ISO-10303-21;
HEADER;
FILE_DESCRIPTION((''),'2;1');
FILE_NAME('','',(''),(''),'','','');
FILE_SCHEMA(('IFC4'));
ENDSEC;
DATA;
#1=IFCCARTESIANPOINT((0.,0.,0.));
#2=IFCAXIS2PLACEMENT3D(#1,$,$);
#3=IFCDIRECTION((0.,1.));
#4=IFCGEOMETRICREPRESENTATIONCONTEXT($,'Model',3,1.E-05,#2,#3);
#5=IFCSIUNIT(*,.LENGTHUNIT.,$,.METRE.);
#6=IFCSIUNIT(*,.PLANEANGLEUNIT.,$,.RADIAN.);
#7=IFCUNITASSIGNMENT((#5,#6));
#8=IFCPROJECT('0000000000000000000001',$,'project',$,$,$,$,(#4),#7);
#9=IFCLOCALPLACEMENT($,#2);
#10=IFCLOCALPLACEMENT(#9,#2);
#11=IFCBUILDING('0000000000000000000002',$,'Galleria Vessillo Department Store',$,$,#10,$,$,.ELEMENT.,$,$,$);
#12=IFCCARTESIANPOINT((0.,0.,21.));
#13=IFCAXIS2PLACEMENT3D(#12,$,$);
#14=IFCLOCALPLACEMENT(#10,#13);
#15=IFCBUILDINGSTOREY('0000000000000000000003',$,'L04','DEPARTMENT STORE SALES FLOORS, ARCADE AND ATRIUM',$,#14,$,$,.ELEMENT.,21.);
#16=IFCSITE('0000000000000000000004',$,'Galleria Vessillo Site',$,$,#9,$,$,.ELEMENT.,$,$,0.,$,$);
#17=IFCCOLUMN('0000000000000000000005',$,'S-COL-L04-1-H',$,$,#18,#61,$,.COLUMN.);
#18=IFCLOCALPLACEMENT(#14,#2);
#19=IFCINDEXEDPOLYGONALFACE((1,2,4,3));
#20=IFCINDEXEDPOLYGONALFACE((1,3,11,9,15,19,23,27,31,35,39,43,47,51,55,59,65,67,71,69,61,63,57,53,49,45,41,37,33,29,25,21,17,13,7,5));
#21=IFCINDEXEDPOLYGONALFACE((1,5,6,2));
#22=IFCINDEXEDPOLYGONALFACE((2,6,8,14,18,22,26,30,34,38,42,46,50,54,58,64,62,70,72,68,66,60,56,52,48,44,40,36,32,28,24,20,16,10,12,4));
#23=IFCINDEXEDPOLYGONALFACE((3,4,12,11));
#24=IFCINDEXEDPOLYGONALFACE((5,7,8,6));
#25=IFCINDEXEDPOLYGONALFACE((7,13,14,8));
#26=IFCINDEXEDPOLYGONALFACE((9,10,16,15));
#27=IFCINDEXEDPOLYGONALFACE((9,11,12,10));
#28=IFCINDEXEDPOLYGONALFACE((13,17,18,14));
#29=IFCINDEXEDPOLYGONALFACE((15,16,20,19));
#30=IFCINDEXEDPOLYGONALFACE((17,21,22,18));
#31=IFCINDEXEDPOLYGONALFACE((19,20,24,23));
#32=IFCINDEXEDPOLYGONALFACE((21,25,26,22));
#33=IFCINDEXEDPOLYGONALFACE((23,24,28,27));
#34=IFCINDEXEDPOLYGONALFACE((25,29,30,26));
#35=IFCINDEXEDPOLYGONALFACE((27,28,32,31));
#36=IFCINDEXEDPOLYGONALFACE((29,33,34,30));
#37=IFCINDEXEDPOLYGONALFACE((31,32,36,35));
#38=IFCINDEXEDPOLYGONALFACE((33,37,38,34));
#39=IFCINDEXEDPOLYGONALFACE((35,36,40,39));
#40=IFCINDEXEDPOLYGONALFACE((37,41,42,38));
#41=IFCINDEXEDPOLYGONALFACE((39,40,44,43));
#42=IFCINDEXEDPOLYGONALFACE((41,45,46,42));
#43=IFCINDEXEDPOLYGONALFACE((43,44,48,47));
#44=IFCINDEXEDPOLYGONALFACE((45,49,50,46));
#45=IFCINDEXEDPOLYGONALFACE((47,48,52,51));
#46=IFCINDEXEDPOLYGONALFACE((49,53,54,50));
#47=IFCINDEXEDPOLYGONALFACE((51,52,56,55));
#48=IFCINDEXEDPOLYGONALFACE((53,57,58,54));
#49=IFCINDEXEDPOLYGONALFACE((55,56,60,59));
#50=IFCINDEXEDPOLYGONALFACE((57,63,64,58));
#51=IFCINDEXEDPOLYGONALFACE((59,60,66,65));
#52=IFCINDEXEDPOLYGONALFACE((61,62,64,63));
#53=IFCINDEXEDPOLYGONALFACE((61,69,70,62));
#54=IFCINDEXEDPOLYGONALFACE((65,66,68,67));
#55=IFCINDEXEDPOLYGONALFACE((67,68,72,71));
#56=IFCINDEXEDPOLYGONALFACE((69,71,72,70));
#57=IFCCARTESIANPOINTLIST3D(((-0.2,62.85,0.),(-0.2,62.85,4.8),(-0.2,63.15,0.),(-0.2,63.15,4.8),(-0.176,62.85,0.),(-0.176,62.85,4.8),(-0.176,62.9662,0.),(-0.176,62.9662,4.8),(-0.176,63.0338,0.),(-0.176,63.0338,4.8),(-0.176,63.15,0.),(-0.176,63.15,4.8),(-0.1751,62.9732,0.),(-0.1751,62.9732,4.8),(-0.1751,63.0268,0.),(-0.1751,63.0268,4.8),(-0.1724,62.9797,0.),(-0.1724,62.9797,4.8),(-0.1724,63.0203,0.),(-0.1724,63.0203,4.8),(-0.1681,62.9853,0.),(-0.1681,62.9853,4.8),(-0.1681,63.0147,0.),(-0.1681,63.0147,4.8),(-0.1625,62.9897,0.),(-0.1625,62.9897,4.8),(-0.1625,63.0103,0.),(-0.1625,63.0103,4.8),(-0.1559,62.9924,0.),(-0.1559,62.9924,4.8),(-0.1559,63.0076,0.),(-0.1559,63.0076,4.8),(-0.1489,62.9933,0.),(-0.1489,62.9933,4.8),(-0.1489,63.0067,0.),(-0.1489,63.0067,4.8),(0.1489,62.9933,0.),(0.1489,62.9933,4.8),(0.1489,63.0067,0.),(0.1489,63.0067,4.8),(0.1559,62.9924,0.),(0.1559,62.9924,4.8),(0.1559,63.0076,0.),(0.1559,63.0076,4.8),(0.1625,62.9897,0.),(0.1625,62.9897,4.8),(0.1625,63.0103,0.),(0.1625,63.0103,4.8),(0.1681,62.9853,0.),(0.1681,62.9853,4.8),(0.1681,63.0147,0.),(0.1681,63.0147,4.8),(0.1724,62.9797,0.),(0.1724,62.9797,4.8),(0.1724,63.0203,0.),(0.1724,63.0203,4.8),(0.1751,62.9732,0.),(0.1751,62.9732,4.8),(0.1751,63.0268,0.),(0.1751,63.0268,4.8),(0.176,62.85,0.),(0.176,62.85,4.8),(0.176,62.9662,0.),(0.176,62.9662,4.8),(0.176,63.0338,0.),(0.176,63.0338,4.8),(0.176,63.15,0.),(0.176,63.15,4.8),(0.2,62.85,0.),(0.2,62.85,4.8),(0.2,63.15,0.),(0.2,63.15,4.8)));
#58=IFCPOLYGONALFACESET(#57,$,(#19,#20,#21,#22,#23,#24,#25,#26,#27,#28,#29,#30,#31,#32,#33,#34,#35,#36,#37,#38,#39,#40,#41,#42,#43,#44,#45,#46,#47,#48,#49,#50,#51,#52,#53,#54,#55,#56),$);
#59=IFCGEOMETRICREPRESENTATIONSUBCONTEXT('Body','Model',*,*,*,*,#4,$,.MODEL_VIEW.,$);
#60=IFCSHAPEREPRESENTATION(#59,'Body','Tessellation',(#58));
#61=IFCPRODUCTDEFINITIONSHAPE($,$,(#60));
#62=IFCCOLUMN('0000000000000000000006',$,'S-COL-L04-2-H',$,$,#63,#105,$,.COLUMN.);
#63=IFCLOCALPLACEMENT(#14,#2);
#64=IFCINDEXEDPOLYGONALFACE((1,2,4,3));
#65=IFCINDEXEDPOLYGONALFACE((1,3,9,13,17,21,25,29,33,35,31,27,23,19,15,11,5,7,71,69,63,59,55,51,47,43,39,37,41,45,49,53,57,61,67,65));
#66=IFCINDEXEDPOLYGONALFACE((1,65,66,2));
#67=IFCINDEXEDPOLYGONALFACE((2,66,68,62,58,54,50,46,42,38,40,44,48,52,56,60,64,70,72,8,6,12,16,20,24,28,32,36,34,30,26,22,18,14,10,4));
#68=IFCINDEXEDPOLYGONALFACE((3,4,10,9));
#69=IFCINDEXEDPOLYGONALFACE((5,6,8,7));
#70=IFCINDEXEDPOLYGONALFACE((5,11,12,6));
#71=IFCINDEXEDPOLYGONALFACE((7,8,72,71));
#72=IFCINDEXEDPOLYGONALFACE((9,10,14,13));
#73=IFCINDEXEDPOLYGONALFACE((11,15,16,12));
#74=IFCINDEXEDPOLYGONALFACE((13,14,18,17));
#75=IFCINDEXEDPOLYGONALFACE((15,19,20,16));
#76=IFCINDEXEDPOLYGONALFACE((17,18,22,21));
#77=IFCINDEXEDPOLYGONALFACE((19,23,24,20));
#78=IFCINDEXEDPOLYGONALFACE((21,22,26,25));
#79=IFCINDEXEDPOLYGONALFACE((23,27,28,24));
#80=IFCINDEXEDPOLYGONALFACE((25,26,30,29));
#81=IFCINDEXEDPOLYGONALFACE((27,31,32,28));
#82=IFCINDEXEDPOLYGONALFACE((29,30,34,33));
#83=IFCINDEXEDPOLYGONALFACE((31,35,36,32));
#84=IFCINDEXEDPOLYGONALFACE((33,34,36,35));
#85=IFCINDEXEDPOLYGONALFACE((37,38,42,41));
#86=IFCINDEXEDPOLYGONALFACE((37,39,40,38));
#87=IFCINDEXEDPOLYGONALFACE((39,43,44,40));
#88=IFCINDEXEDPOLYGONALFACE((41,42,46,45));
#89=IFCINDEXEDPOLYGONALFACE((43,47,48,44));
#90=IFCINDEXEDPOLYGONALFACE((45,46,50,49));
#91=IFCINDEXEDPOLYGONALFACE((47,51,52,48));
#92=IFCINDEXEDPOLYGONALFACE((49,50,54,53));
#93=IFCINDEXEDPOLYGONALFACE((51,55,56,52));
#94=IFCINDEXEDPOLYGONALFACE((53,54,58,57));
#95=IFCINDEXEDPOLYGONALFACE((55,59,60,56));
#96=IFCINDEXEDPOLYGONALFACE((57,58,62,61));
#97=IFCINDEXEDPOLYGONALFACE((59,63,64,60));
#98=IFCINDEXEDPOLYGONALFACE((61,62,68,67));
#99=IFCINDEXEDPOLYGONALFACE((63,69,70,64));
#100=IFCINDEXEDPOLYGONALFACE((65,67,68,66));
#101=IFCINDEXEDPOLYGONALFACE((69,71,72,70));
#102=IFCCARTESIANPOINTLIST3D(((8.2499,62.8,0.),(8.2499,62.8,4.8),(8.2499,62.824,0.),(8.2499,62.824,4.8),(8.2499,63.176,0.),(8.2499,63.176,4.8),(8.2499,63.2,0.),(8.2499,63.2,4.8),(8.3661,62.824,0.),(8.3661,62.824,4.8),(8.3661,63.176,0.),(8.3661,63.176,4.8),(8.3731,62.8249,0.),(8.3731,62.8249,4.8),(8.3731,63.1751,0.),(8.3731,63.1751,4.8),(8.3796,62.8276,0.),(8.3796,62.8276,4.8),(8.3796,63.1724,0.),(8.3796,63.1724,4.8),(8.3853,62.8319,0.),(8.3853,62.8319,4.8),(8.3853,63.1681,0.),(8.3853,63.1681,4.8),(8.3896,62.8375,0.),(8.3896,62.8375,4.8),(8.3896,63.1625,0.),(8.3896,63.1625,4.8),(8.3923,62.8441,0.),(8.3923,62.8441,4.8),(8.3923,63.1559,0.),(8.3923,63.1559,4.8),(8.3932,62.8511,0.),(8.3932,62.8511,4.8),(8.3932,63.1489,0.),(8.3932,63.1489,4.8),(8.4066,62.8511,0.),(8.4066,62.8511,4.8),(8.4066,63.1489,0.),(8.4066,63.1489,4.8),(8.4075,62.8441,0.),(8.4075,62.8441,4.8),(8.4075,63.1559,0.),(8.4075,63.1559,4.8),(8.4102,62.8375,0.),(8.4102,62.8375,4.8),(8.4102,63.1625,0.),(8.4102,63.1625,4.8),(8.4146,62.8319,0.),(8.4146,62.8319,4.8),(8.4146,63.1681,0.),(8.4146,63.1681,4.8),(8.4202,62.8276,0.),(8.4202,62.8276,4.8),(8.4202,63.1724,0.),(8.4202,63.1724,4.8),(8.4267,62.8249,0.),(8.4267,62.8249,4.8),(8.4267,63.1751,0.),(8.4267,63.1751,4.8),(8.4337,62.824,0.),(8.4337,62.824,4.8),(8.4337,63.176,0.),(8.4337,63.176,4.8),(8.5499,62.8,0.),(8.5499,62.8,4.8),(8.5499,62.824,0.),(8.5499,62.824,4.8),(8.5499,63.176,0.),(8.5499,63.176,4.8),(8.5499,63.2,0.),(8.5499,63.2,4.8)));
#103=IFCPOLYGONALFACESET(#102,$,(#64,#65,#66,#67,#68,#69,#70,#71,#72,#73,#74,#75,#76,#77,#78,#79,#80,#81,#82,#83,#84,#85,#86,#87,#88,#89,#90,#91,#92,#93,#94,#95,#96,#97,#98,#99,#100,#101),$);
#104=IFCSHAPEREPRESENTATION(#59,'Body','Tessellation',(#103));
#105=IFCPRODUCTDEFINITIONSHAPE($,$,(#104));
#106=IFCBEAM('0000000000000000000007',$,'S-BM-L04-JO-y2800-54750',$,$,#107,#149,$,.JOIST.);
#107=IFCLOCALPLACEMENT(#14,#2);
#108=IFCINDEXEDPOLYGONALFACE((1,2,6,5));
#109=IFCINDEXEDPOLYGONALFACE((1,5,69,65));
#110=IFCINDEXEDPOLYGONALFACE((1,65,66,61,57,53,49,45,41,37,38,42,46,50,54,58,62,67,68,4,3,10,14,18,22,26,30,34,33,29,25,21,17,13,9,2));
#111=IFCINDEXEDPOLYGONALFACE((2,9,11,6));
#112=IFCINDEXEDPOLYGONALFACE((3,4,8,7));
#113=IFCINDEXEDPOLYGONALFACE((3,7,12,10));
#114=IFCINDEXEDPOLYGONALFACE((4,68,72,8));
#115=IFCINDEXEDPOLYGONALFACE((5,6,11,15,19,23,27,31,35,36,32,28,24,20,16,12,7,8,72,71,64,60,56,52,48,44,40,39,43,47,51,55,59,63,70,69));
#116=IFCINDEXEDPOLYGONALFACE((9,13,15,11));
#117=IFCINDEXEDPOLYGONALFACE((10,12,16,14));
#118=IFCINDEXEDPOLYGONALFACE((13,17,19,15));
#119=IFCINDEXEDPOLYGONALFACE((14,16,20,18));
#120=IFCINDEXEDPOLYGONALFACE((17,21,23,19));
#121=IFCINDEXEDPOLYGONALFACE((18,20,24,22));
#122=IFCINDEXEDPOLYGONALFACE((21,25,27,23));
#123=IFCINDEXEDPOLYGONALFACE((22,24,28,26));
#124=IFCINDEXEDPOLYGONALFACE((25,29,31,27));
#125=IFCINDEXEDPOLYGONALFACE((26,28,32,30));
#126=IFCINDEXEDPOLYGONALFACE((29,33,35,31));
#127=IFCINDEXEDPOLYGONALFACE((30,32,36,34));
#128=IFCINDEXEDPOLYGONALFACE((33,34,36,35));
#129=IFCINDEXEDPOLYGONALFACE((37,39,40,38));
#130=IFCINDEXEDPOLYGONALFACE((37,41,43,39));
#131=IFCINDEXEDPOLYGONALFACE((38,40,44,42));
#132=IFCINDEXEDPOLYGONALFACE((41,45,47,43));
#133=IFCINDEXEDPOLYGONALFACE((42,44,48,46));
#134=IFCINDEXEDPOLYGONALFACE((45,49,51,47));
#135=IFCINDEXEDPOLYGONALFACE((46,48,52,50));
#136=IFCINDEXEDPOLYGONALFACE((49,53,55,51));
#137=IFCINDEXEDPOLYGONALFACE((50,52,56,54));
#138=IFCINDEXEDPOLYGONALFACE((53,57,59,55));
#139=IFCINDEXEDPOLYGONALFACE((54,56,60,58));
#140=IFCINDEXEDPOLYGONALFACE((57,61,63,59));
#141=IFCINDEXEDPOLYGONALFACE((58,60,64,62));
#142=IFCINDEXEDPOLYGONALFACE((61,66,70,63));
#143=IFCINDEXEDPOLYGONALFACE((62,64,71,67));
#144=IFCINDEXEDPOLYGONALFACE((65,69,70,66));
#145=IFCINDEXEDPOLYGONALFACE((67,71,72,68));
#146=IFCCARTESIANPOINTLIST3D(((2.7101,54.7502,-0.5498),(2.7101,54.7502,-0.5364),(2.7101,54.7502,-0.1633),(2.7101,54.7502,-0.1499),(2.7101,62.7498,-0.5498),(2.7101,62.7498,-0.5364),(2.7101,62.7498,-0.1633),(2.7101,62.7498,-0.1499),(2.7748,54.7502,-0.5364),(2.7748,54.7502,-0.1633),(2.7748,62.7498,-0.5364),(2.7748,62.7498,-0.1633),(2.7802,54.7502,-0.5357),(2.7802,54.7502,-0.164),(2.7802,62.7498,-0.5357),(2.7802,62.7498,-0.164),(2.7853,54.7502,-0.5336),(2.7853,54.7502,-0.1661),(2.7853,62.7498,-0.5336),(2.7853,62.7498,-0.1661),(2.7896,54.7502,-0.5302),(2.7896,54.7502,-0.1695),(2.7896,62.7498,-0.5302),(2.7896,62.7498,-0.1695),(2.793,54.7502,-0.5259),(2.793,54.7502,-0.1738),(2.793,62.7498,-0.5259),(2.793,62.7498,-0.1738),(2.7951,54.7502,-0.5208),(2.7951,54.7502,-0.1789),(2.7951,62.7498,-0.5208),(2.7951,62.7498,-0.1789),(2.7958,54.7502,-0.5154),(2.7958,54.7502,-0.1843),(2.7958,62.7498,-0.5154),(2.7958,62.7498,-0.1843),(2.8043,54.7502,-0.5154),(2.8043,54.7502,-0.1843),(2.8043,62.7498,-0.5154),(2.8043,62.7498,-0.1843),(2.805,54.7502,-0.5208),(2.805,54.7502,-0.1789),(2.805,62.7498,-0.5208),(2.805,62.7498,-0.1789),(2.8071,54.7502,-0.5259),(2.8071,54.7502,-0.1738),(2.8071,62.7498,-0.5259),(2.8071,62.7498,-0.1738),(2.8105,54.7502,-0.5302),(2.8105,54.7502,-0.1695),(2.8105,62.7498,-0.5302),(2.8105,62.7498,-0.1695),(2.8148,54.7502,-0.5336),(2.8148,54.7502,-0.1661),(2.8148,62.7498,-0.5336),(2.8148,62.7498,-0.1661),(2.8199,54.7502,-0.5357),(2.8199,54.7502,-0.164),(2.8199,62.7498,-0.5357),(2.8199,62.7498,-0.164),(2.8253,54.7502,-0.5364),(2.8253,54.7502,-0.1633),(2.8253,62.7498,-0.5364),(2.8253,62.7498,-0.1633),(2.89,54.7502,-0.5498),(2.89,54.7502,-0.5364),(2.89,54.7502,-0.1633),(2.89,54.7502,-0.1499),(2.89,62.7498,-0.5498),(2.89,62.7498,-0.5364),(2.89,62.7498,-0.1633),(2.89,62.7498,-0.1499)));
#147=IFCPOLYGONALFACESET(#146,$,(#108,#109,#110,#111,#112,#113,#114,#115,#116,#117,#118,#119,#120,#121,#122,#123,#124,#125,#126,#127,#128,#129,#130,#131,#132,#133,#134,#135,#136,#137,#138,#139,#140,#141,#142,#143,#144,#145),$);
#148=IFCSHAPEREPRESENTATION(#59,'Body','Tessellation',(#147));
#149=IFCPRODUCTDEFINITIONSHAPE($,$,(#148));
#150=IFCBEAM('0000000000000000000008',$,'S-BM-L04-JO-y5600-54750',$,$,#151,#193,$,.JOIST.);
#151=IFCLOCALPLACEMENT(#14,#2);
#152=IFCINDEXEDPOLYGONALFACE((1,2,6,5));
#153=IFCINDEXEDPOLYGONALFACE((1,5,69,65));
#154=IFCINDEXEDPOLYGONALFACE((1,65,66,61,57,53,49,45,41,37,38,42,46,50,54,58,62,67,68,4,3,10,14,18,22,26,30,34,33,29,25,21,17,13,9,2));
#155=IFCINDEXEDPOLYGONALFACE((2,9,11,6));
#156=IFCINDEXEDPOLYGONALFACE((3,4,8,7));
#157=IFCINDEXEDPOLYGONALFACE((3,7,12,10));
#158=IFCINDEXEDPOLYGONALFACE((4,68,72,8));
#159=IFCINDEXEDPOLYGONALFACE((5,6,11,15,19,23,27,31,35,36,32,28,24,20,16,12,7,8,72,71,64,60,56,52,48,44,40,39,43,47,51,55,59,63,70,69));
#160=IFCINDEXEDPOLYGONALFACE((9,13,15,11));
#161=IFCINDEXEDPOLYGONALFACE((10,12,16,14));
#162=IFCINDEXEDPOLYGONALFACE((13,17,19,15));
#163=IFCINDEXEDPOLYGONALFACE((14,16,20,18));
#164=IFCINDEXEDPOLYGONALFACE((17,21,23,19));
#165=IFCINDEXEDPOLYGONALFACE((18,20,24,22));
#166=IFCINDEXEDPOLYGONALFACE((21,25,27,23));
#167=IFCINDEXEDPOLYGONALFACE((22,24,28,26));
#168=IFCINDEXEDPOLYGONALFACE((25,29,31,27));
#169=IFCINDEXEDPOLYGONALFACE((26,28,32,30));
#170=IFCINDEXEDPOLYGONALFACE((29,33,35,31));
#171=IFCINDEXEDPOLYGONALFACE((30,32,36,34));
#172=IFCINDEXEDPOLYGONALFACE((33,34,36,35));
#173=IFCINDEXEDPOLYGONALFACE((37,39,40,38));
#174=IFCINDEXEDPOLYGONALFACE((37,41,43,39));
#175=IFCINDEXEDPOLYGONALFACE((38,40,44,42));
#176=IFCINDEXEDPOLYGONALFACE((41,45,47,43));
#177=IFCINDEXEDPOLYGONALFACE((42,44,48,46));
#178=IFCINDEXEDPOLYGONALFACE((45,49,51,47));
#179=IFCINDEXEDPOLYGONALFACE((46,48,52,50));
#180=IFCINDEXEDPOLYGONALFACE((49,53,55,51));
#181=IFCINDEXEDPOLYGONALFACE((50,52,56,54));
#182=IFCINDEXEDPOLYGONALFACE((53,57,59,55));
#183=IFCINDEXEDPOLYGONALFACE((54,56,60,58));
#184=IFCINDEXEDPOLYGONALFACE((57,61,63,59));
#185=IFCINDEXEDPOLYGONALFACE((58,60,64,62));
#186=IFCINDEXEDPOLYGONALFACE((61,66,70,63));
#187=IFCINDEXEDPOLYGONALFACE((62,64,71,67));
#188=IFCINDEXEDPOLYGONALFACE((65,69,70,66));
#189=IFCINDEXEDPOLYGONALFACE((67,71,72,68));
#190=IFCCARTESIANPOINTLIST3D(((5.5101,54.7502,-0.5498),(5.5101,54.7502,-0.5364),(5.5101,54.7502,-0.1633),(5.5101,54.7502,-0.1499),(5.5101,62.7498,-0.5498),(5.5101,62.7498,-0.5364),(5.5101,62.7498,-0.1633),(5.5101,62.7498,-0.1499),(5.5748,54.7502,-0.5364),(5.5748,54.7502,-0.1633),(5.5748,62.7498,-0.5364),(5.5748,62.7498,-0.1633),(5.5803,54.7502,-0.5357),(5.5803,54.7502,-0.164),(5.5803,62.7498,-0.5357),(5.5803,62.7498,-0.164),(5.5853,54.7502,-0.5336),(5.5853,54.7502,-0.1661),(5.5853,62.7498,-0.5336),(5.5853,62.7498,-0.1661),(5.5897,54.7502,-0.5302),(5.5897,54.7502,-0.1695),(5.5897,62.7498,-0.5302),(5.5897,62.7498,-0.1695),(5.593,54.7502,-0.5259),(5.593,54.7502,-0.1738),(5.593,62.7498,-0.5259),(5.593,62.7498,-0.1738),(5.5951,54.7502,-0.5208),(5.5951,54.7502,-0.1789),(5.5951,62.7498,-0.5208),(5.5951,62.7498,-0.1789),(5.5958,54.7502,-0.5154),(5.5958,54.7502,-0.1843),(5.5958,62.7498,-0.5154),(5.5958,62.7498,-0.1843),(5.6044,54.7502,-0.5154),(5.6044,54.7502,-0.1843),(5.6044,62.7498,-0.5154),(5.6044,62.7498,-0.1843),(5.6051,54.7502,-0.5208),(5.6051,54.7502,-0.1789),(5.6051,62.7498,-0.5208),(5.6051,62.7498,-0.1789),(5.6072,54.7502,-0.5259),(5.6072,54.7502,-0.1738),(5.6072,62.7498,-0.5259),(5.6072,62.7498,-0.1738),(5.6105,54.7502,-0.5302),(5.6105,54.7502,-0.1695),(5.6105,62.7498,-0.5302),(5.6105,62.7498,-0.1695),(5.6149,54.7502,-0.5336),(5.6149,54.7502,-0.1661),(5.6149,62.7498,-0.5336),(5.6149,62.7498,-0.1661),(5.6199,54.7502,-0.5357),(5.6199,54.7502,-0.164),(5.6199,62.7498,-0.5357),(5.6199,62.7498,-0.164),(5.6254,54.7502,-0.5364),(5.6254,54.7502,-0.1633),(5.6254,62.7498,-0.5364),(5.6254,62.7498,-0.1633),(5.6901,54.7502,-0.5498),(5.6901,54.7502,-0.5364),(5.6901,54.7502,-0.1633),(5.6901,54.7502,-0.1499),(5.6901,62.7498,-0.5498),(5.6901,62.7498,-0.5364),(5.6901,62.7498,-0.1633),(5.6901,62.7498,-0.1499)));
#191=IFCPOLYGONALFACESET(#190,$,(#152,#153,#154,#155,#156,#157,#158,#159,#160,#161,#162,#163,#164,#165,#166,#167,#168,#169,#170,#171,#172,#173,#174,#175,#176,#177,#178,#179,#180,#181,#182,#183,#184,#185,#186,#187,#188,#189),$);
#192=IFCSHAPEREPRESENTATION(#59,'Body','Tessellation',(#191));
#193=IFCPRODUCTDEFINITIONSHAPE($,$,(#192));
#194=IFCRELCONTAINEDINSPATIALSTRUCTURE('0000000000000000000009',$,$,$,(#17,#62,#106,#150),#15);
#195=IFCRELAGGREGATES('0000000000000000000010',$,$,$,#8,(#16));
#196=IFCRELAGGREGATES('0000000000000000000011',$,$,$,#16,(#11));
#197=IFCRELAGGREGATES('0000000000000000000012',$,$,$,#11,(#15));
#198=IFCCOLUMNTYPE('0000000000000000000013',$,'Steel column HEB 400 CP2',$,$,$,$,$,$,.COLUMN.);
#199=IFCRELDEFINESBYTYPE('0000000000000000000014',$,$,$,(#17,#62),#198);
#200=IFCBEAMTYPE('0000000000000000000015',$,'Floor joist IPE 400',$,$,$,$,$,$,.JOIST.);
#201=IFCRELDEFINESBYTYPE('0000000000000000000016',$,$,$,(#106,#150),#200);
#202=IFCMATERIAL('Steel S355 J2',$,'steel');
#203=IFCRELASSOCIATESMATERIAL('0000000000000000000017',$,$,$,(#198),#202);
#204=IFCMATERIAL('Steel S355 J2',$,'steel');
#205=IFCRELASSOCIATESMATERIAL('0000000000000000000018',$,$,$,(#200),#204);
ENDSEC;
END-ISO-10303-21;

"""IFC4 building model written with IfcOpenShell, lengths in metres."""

from ifc_helpers import new_model, si_unit, direction, frame, origin, origin_2d, place, context, subcontext, project, spatial, i_section, extrude, material, material_profile, profile_set, type_object, element, save


model = new_model("IFC4")

# Units and contexts
model_context = context("Model", 3, precision=1e-05, world=origin(), true_north=direction((0.0, 1.0)))
body_context = subcontext(model_context, "Body", "Model", "MODEL_VIEW")
ifc_project = project(units=[si_unit("LENGTHUNIT", "METRE"), si_unit("PLANEANGLEUNIT", "RADIAN")], contexts=[model_context])

# Site, building, storey
site_placement = place(None, origin())
site = spatial("IfcSite", under=ifc_project, at=site_placement, Name="Galleria Vessillo Site", CompositionType="ELEMENT", RefElevation=0.0)
building_placement = place(site_placement, origin())
building = spatial("IfcBuilding", under=site, at=building_placement, Name="Galleria Vessillo Department Store", CompositionType="ELEMENT")
storey_placement = place(building_placement, frame((0.0, 0.0, 21.0)))
storey = spatial("IfcBuildingStorey", under=building, at=storey_placement, Name="L04", Description="DEPARTMENT STORE SALES FLOORS, ARCADE AND ATRIUM", CompositionType="ELEMENT", Elevation=21.0)

# Columns
ifc_material_1 = material(Name="Steel S355 J2", Category="steel")
ifc_material_profile_1 = material_profile(ifc_material_1, i_section(OverallWidth=0.3, OverallDepth=0.3999, WebThickness=0.0134, FlangeThickness=0.0239, FilletRadius=0.0271, at=origin_2d()), Name="HEB 400")
ifc_profile_set_1 = profile_set([ifc_material_profile_1], Name="Steel S355 J2")
column_type = type_object("IfcColumnType", Name="Steel column HEB 400 CP2", PredefinedType="COLUMN", material=ifc_profile_set_1)
for number, where, z_axis, x_axis, name in (
    (1, (0.0, 63.0, 0.0), (0.0, 0.0, 1.0), (0.0, 1.0, 0.0), "S-COL-L04-1-H"),
    (2, (8.3999, 63.0, 0.0), (0.0, 0.0, 1.0), (1.0, 0.0, 0.0), "S-COL-L04-2-H"),
):
    element("IfcColumn", number, at=place(storey_placement, frame(where, z_axis=z_axis, x_axis=x_axis)), inside=storey, type_object=column_type, Name=name, PredefinedType="COLUMN", context=body_context, shape_type="SweptSolid", body=[
        extrude(i_section(OverallWidth=0.3, OverallDepth=0.3999, WebThickness=0.0134, FlangeThickness=0.0239, FilletRadius=0.0271, at=origin_2d()), origin(), (0.0, 0.0, 1.0), 4.8),
    ])

# Beams
ifc_material_2 = material(Name="Steel S355 J2", Category="steel")
ifc_material_profile_2 = material_profile(ifc_material_2, i_section(OverallWidth=0.1799, OverallDepth=0.3999, WebThickness=0.0085, FlangeThickness=0.0134, FilletRadius=0.021, at=origin_2d()), Name="IPE 400")
ifc_profile_set_2 = profile_set([ifc_material_profile_2], Name="Steel S355 J2")
beam_type = type_object("IfcBeamType", Name="Floor joist IPE 400", PredefinedType="JOIST", material=ifc_profile_set_2)
for number, where, z_axis, x_axis, name in (
    (3, (2.8, 54.7502, -0.3499), (0.0, 1.0, 0.0), (-1.0, 0.0, 0.0), "S-BM-L04-JO-y2800-54750"),
    (4, (5.6001, 54.7502, -0.3499), (0.0, 1.0, 0.0), (-1.0, 0.0, 0.0), "S-BM-L04-JO-y5600-54750"),
):
    element("IfcBeam", number, at=place(storey_placement, frame(where, z_axis=z_axis, x_axis=x_axis)), inside=storey, type_object=beam_type, Name=name, PredefinedType="JOIST", context=body_context, shape_type="SweptSolid", body=[
        extrude(i_section(OverallWidth=0.1799, OverallDepth=0.3999, WebThickness=0.0085, FlangeThickness=0.0134, FilletRadius=0.021, at=origin_2d()), origin(), (0.0, 0.0, 1.0), 7.9995),
    ])

save(model, "model.ifc")
